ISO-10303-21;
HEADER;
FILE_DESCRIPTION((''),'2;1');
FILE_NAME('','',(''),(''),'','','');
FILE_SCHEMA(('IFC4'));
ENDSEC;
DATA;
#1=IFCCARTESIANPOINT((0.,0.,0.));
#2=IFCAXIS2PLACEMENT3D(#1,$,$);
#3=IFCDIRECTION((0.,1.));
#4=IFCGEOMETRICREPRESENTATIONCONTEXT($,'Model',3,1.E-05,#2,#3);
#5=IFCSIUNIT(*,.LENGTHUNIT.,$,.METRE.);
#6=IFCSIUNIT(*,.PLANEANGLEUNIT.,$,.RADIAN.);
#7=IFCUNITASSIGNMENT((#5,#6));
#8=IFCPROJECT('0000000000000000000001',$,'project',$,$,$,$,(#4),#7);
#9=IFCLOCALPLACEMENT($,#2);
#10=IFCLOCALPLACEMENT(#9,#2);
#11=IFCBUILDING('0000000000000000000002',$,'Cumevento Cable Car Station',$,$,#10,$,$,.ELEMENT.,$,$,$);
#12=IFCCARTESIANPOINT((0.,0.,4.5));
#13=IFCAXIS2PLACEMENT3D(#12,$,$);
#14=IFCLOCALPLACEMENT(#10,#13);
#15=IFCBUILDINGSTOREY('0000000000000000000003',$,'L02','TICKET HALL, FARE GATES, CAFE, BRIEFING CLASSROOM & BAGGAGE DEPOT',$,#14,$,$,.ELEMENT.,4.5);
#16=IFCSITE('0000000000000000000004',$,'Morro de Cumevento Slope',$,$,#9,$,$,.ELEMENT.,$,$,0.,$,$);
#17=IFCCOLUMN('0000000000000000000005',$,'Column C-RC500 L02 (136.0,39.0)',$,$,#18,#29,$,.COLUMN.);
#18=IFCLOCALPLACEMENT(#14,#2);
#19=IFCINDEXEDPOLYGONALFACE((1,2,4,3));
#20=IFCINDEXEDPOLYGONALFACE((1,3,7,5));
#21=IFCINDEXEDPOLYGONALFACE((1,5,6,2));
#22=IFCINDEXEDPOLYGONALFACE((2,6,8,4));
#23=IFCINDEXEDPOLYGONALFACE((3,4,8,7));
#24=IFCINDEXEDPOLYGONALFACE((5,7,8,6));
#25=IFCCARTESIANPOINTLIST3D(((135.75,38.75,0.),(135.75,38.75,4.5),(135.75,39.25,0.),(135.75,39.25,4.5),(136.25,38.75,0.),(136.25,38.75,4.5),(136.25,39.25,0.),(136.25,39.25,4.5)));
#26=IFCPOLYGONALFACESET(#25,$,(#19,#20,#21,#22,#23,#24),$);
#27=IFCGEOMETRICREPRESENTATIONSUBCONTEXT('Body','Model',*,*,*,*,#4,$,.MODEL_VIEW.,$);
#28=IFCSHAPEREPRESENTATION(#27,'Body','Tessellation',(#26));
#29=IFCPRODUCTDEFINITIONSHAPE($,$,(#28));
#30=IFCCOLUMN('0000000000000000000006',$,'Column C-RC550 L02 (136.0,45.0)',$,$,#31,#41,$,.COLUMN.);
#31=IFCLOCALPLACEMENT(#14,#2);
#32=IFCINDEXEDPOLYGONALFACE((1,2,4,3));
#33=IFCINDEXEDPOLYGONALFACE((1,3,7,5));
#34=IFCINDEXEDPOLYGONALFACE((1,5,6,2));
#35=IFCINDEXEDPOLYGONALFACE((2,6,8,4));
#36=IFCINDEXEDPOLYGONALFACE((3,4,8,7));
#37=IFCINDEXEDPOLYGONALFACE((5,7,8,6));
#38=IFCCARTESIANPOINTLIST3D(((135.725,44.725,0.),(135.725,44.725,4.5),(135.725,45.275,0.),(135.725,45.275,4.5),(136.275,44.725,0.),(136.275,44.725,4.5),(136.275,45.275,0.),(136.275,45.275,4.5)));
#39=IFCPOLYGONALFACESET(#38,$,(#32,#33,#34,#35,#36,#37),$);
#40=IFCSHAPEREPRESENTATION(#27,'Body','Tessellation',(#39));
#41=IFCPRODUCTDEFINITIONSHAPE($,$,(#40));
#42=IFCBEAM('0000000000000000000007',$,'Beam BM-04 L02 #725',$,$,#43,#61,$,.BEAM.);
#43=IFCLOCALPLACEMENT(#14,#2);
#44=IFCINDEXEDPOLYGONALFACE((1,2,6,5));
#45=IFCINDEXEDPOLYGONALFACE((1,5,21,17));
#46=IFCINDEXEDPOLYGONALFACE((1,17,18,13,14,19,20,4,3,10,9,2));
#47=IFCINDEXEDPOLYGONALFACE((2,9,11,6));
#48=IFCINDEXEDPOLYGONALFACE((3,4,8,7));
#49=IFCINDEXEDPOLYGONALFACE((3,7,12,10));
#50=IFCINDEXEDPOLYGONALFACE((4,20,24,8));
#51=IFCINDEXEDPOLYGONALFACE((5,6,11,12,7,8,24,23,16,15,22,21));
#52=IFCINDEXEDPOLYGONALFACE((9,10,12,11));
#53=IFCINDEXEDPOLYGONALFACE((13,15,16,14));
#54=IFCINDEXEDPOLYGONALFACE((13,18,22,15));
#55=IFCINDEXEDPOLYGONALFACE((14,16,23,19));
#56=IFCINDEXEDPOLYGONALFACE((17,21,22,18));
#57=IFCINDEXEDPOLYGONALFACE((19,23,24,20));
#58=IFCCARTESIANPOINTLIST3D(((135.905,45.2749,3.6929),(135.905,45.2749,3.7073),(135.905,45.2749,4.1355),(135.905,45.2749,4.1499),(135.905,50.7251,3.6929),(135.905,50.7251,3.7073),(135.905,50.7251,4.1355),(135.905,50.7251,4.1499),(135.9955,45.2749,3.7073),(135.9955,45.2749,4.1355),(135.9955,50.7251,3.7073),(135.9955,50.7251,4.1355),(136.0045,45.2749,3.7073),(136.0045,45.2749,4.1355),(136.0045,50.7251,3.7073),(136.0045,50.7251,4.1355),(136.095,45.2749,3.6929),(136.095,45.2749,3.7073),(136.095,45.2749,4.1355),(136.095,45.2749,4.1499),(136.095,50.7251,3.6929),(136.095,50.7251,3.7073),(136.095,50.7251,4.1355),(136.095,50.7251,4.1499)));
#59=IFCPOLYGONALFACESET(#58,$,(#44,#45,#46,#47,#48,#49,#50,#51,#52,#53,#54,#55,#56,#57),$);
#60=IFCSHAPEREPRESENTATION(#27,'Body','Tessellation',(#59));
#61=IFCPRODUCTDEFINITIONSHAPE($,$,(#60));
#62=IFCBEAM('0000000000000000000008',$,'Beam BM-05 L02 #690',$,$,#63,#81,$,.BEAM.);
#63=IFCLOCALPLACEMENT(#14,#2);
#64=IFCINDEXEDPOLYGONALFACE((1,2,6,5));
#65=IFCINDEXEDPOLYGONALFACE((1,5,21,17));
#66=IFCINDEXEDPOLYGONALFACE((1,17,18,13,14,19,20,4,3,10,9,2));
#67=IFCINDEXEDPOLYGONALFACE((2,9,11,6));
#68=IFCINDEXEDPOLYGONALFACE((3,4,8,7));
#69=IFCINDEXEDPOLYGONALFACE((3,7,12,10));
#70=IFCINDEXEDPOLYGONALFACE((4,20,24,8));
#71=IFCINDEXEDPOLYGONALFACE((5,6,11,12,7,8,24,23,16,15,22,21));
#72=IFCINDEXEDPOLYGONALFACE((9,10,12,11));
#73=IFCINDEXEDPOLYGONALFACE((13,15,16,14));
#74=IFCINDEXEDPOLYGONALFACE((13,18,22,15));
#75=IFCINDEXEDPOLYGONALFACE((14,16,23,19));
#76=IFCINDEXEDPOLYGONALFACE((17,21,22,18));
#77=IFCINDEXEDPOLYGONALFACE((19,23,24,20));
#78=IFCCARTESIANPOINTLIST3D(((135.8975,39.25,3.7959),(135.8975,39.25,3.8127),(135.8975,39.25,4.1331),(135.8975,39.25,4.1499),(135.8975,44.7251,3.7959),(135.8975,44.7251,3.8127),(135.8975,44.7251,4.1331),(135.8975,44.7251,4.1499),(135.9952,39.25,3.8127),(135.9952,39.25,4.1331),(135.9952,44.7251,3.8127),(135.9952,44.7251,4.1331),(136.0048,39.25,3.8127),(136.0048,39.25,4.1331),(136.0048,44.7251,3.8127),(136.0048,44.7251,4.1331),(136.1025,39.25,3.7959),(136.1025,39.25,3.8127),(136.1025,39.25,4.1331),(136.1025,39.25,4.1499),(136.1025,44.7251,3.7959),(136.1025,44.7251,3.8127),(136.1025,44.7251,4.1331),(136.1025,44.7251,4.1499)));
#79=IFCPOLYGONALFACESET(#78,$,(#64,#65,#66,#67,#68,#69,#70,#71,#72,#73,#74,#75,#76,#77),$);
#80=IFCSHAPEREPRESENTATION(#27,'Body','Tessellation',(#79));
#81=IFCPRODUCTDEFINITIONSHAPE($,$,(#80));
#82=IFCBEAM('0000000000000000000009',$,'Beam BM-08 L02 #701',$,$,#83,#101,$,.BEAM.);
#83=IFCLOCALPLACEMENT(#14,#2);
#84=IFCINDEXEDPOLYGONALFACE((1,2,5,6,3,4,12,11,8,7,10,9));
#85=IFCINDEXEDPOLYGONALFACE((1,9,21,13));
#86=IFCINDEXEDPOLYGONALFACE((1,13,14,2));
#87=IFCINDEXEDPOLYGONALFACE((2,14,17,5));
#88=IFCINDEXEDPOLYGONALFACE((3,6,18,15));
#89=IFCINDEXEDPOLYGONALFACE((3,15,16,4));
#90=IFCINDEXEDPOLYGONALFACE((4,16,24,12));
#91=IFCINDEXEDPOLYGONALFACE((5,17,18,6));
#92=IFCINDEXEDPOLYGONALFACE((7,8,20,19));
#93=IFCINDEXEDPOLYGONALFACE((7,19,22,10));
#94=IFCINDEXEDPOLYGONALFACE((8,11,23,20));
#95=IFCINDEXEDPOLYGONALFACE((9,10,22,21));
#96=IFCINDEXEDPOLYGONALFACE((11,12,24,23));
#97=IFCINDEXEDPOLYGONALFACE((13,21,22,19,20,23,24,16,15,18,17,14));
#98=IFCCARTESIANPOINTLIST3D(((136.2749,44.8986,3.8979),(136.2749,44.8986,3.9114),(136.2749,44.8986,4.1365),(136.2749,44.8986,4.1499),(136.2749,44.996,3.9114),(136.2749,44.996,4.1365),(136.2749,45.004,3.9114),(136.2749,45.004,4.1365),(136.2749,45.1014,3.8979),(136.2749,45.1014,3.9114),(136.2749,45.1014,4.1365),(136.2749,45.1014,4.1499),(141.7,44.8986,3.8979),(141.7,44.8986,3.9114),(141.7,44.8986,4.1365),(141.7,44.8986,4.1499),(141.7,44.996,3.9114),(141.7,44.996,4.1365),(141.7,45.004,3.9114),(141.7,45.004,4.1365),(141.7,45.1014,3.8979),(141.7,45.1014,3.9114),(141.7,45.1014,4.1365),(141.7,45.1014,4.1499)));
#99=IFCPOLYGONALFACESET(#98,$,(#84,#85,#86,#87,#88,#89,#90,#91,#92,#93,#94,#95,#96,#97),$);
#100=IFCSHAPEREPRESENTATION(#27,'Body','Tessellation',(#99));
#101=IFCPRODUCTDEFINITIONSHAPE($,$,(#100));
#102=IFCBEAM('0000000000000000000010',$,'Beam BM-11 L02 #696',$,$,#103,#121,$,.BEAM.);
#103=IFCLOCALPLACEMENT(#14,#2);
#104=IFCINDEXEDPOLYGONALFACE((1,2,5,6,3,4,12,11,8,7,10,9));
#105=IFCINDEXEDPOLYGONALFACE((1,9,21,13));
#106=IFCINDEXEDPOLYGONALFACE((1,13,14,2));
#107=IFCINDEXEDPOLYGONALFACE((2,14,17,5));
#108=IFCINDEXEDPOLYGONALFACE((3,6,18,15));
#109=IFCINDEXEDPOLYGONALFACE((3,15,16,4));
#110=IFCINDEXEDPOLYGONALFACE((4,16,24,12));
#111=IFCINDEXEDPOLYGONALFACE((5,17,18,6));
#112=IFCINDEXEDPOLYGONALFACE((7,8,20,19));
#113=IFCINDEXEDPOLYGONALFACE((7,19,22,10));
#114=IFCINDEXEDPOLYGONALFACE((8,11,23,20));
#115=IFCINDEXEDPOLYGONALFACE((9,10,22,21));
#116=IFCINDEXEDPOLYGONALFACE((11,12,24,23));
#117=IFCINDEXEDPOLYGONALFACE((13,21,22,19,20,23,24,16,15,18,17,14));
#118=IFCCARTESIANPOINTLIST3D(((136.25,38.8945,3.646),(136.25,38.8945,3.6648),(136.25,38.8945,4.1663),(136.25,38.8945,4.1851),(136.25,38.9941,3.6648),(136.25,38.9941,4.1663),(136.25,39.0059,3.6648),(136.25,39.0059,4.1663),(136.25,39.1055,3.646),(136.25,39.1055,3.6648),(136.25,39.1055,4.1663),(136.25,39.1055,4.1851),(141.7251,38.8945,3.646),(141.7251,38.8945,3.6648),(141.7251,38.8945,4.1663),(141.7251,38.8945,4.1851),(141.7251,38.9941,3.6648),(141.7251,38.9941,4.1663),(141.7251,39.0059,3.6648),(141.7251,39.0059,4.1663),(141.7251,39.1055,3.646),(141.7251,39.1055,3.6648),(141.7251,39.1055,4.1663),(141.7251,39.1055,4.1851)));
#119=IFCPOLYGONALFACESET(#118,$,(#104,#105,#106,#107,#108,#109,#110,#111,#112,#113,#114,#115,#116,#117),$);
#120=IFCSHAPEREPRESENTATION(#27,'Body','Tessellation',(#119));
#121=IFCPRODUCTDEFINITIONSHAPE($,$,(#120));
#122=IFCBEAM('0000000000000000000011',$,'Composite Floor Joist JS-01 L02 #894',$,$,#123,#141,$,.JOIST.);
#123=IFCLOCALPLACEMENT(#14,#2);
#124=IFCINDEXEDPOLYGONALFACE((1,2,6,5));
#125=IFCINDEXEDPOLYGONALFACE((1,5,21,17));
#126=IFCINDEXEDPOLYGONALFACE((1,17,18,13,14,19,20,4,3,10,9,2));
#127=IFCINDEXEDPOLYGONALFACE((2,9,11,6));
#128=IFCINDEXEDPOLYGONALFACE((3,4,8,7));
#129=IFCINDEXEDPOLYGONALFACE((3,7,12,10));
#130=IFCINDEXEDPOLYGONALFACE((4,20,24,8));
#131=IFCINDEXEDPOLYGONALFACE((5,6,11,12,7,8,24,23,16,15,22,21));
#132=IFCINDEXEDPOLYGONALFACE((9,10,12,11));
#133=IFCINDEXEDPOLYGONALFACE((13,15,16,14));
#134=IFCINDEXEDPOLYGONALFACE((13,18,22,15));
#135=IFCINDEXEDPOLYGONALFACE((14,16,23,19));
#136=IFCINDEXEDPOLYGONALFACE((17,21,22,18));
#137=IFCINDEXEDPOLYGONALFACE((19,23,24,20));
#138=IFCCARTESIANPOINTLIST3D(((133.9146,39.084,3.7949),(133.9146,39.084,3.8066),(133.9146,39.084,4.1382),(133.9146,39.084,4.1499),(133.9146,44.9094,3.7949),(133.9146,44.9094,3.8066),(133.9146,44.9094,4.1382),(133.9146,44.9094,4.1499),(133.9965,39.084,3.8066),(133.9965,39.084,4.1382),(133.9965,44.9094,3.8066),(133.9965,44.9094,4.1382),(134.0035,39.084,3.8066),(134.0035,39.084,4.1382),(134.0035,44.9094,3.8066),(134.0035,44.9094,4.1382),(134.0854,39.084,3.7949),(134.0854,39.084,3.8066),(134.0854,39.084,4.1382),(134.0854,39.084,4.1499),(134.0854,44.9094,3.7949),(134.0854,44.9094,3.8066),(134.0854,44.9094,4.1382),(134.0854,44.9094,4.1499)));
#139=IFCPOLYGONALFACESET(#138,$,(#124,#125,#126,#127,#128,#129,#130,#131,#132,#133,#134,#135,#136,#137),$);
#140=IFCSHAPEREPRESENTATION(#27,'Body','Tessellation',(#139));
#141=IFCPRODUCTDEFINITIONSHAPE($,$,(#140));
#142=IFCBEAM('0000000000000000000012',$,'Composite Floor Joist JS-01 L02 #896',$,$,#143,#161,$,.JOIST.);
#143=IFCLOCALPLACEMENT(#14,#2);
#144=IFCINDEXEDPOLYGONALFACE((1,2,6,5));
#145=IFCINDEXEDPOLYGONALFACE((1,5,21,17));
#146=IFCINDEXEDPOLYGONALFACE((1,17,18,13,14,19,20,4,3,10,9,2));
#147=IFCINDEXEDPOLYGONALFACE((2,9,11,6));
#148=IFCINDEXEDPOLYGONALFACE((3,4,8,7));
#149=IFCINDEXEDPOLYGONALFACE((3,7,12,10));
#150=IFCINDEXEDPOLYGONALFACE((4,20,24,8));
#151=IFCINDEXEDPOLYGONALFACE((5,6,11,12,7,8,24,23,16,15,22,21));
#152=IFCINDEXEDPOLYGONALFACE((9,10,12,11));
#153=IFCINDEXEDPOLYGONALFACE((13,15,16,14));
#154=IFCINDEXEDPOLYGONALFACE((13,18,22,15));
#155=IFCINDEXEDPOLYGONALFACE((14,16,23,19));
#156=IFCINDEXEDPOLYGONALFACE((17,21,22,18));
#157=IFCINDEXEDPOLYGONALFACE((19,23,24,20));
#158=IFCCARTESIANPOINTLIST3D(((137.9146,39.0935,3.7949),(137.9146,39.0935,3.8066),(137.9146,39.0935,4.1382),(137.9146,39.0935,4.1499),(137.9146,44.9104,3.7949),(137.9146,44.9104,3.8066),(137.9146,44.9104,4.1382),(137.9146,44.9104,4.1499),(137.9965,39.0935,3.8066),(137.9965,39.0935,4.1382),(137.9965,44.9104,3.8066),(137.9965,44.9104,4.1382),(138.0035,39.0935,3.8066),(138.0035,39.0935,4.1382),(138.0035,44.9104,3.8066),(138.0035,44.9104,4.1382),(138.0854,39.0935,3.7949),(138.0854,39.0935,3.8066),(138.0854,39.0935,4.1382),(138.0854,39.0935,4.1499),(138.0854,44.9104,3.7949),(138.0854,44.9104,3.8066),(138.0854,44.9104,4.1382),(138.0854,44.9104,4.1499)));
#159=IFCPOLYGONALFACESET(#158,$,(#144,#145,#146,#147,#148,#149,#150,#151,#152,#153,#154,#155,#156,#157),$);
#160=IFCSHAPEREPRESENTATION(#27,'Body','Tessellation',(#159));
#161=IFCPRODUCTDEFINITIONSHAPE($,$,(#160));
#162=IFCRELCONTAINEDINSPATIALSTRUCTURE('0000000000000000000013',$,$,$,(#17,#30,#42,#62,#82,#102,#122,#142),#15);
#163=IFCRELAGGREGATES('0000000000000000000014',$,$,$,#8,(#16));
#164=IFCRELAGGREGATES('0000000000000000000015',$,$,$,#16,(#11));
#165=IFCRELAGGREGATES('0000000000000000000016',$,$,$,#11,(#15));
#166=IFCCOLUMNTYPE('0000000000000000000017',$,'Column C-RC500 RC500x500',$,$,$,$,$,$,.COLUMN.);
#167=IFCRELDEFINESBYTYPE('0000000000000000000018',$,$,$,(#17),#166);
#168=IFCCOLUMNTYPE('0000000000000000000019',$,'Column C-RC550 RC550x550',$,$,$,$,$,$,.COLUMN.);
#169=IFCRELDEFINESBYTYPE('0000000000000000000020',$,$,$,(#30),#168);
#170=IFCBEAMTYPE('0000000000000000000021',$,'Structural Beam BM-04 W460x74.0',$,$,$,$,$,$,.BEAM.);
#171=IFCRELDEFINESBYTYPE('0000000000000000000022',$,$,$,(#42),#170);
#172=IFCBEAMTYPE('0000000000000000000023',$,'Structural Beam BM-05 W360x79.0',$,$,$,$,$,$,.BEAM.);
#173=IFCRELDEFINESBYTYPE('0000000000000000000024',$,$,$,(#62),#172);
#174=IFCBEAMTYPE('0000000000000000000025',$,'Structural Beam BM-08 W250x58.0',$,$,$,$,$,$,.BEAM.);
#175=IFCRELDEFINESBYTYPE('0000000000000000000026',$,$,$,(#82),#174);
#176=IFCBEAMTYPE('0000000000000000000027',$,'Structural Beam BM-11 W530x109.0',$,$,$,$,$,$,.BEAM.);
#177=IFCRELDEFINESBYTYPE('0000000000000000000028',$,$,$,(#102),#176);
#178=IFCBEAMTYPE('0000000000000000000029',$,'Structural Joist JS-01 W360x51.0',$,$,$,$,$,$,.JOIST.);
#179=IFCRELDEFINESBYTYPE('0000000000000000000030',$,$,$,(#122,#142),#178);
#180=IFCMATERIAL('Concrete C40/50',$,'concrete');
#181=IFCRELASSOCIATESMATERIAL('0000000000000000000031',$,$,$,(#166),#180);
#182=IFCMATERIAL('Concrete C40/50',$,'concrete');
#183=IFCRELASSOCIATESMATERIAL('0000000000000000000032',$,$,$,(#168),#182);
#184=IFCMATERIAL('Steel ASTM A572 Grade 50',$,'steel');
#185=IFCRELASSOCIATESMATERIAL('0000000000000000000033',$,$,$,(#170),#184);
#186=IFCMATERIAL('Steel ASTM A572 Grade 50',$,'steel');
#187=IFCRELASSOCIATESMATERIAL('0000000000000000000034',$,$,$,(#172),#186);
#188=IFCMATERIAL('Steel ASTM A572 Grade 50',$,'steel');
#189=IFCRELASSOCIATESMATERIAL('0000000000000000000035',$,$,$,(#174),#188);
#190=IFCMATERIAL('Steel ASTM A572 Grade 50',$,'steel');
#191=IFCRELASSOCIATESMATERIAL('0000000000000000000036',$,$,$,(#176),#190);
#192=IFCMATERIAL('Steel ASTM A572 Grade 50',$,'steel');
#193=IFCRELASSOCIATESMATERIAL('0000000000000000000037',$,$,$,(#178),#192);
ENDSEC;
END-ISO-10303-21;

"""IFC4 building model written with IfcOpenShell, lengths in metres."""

from ifc_helpers import new_model, si_unit, direction, frame, origin, origin_2d, place, context, subcontext, project, spatial, rectangle, i_section, extrude, material, material_profile, profile_set, type_object, element, save


model = new_model("IFC4")

# Units and contexts
model_context = context("Model", 3, precision=1e-05, world=origin(), true_north=direction((0.0, 1.0)))
body_context = subcontext(model_context, "Body", "Model", "MODEL_VIEW")
ifc_project = project(units=[si_unit("LENGTHUNIT", "METRE"), si_unit("PLANEANGLEUNIT", "RADIAN")], contexts=[model_context])

# Site, building, storey
site_placement = place(None, origin())
site = spatial("IfcSite", under=ifc_project, at=site_placement, Name="Morro de Cumevento Slope", CompositionType="ELEMENT", RefElevation=0.0)
building_placement = place(site_placement, origin())
building = spatial("IfcBuilding", under=site, at=building_placement, Name="Cumevento Cable Car Station", CompositionType="ELEMENT")
storey_placement = place(building_placement, frame((0.0, 0.0, 4.5)))
storey = spatial("IfcBuildingStorey", under=building, at=storey_placement, Name="L02", Description="TICKET HALL, FARE GATES, CAFE, BRIEFING CLASSROOM & BAGGAGE DEPOT", CompositionType="ELEMENT", Elevation=4.5)

# Columns
ifc_material_1 = material(Name="Concrete C40/50", Category="concrete")
ifc_material_profile_1 = material_profile(ifc_material_1, rectangle(XDim=0.5, YDim=0.5, at=origin_2d()), Name="RC500x500")
ifc_profile_set_1 = profile_set([ifc_material_profile_1], Name="Concrete C40/50")
column_type_1 = type_object("IfcColumnType", Name="Column C-RC500 RC500x500", PredefinedType="COLUMN", material=ifc_profile_set_1)
column_1_placement = place(storey_placement, frame((136.0, 39.0, 0.0), z_axis=(0.0, 0.0, 1.0), x_axis=(1.0, 0.0, 0.0)))
element("IfcColumn", 1, at=column_1_placement, inside=storey, type_object=column_type_1, Name="Column C-RC500 L02 (136.0,39.0)", PredefinedType="COLUMN", context=body_context, shape_type="SweptSolid", body=[
    extrude(rectangle(XDim=0.5, YDim=0.5, at=origin_2d()), origin(), (0.0, 0.0, 1.0), 4.5),
])
ifc_material_2 = material(Name="Concrete C40/50", Category="concrete")
ifc_material_profile_2 = material_profile(ifc_material_2, rectangle(XDim=0.55, YDim=0.55, at=origin_2d()), Name="RC550x550")
ifc_profile_set_2 = profile_set([ifc_material_profile_2], Name="Concrete C40/50")
column_type_2 = type_object("IfcColumnType", Name="Column C-RC550 RC550x550", PredefinedType="COLUMN", material=ifc_profile_set_2)
column_2_placement = place(storey_placement, frame((136.0, 45.0, 0.0), z_axis=(0.0, 0.0, 1.0), x_axis=(1.0, 0.0, 0.0)))
element("IfcColumn", 2, at=column_2_placement, inside=storey, type_object=column_type_2, Name="Column C-RC550 L02 (136.0,45.0)", PredefinedType="COLUMN", context=body_context, shape_type="SweptSolid", body=[
    extrude(rectangle(XDim=0.55, YDim=0.55, at=origin_2d()), origin(), (0.0, 0.0, 1.0), 4.5),
])

# Beams
ifc_material_3 = material(Name="Steel ASTM A572 Grade 50", Category="steel")
ifc_material_profile_3 = material_profile(ifc_material_3, i_section(OverallWidth=0.1899, OverallDepth=0.457, WebThickness=0.009, FlangeThickness=0.0144, at=origin_2d()), Name="W460x74.0")
ifc_profile_set_3 = profile_set([ifc_material_profile_3], Name="Steel ASTM A572 Grade 50")
beam_type_1 = type_object("IfcBeamType", Name="Structural Beam BM-04 W460x74.0", PredefinedType="BEAM", material=ifc_profile_set_3)
beam_1_placement = place(storey_placement, frame((136.0, 45.2749, 3.9214), z_axis=(0.0, 1.0, 0.0), x_axis=(-1.0, 0.0, 0.0)))
element("IfcBeam", 3, at=beam_1_placement, inside=storey, type_object=beam_type_1, Name="Beam BM-04 L02 #725", PredefinedType="BEAM", context=body_context, shape_type="SweptSolid", body=[
    extrude(i_section(OverallWidth=0.1899, OverallDepth=0.457, WebThickness=0.009, FlangeThickness=0.0144, at=origin_2d()), origin(), (0.0, 0.0, 1.0), 5.4502),
])
ifc_material_4 = material(Name="Steel ASTM A572 Grade 50", Category="steel")
ifc_material_profile_4 = material_profile(ifc_material_4, i_section(OverallWidth=0.2051, OverallDepth=0.354, WebThickness=0.0095, FlangeThickness=0.0168, at=origin_2d()), Name="W360x79.0")
ifc_profile_set_4 = profile_set([ifc_material_profile_4], Name="Steel ASTM A572 Grade 50")
beam_type_2 = type_object("IfcBeamType", Name="Structural Beam BM-05 W360x79.0", PredefinedType="BEAM", material=ifc_profile_set_4)
beam_2_placement = place(storey_placement, frame((136.0, 39.25, 3.9729), z_axis=(0.0, 1.0, 0.0), x_axis=(-1.0, 0.0, 0.0)))
element("IfcBeam", 4, at=beam_2_placement, inside=storey, type_object=beam_type_2, Name="Beam BM-05 L02 #690", PredefinedType="BEAM", context=body_context, shape_type="SweptSolid", body=[
    extrude(i_section(OverallWidth=0.2051, OverallDepth=0.354, WebThickness=0.0095, FlangeThickness=0.0168, at=origin_2d()), origin(), (0.0, 0.0, 1.0), 5.4751),
])
ifc_material_5 = material(Name="Steel ASTM A572 Grade 50", Category="steel")
ifc_material_profile_5 = material_profile(ifc_material_5, i_section(OverallWidth=0.2029, OverallDepth=0.252, WebThickness=0.0081, FlangeThickness=0.0134, at=origin_2d()), Name="W250x58.0")
ifc_profile_set_5 = profile_set([ifc_material_profile_5], Name="Steel ASTM A572 Grade 50")
beam_type_3 = type_object("IfcBeamType", Name="Structural Beam BM-08 W250x58.0", PredefinedType="BEAM", material=ifc_profile_set_5)
beam_3_placement = place(storey_placement, frame((136.2749, 45.0, 4.0239), z_axis=(1.0, 0.0, 0.0), x_axis=(0.0, 1.0, 0.0)))
element("IfcBeam", 5, at=beam_3_placement, inside=storey, type_object=beam_type_3, Name="Beam BM-08 L02 #701", PredefinedType="BEAM", context=body_context, shape_type="SweptSolid", body=[
    extrude(i_section(OverallWidth=0.2029, OverallDepth=0.252, WebThickness=0.0081, FlangeThickness=0.0134, at=origin_2d()), origin(), (0.0, 0.0, 1.0), 5.425),
])
ifc_material_6 = material(Name="Steel ASTM A572 Grade 50", Category="steel")
ifc_material_profile_6 = material_profile(ifc_material_6, i_section(OverallWidth=0.2109, OverallDepth=0.5391, WebThickness=0.0117, FlangeThickness=0.0188, at=origin_2d()), Name="W530x109.0")
ifc_profile_set_6 = profile_set([ifc_material_profile_6], Name="Steel ASTM A572 Grade 50")
beam_type_4 = type_object("IfcBeamType", Name="Structural Beam BM-11 W530x109.0", PredefinedType="BEAM", material=ifc_profile_set_6)
beam_4_placement = place(storey_placement, frame((136.25, 39.0, 3.9155), z_axis=(1.0, 0.0, 0.0), x_axis=(0.0, 1.0, 0.0)))
element("IfcBeam", 6, at=beam_4_placement, inside=storey, type_object=beam_type_4, Name="Beam BM-11 L02 #696", PredefinedType="BEAM", context=body_context, shape_type="SweptSolid", body=[
    extrude(i_section(OverallWidth=0.2109, OverallDepth=0.5391, WebThickness=0.0117, FlangeThickness=0.0188, at=origin_2d()), origin(), (0.0, 0.0, 1.0), 5.4751),
])
ifc_material_7 = material(Name="Steel ASTM A572 Grade 50", Category="steel")
ifc_material_profile_7 = material_profile(ifc_material_7, i_section(OverallWidth=0.1709, OverallDepth=0.355, WebThickness=0.0071, FlangeThickness=0.0117, at=origin_2d()), Name="W360x51.0")
ifc_profile_set_7 = profile_set([ifc_material_profile_7], Name="Steel ASTM A572 Grade 50")
beam_type_5 = type_object("IfcBeamType", Name="Structural Joist JS-01 W360x51.0", PredefinedType="JOIST", material=ifc_profile_set_7)
beam_5_placement = place(storey_placement, frame((134.0, 39.084, 3.9724), z_axis=(0.0, 1.0, 0.0), x_axis=(-1.0, 0.0, 0.0)))
element("IfcBeam", 7, at=beam_5_placement, inside=storey, type_object=beam_type_5, Name="Composite Floor Joist JS-01 L02 #894", PredefinedType="JOIST", context=body_context, shape_type="SweptSolid", body=[
    extrude(i_section(OverallWidth=0.1709, OverallDepth=0.355, WebThickness=0.0071, FlangeThickness=0.0117, at=origin_2d()), origin(), (0.0, 0.0, 1.0), 5.8254),
])
beam_6_placement = place(storey_placement, frame((138.0, 39.0935, 3.9724), z_axis=(0.0, 1.0, 0.0), x_axis=(-1.0, 0.0, 0.0)))
element("IfcBeam", 8, at=beam_6_placement, inside=storey, type_object=beam_type_5, Name="Composite Floor Joist JS-01 L02 #896", PredefinedType="JOIST", context=body_context, shape_type="SweptSolid", body=[
    extrude(i_section(OverallWidth=0.1709, OverallDepth=0.355, WebThickness=0.0071, FlangeThickness=0.0117, at=origin_2d()), origin(), (0.0, 0.0, 1.0), 5.8169),
])

save(model, "model.ifc")
